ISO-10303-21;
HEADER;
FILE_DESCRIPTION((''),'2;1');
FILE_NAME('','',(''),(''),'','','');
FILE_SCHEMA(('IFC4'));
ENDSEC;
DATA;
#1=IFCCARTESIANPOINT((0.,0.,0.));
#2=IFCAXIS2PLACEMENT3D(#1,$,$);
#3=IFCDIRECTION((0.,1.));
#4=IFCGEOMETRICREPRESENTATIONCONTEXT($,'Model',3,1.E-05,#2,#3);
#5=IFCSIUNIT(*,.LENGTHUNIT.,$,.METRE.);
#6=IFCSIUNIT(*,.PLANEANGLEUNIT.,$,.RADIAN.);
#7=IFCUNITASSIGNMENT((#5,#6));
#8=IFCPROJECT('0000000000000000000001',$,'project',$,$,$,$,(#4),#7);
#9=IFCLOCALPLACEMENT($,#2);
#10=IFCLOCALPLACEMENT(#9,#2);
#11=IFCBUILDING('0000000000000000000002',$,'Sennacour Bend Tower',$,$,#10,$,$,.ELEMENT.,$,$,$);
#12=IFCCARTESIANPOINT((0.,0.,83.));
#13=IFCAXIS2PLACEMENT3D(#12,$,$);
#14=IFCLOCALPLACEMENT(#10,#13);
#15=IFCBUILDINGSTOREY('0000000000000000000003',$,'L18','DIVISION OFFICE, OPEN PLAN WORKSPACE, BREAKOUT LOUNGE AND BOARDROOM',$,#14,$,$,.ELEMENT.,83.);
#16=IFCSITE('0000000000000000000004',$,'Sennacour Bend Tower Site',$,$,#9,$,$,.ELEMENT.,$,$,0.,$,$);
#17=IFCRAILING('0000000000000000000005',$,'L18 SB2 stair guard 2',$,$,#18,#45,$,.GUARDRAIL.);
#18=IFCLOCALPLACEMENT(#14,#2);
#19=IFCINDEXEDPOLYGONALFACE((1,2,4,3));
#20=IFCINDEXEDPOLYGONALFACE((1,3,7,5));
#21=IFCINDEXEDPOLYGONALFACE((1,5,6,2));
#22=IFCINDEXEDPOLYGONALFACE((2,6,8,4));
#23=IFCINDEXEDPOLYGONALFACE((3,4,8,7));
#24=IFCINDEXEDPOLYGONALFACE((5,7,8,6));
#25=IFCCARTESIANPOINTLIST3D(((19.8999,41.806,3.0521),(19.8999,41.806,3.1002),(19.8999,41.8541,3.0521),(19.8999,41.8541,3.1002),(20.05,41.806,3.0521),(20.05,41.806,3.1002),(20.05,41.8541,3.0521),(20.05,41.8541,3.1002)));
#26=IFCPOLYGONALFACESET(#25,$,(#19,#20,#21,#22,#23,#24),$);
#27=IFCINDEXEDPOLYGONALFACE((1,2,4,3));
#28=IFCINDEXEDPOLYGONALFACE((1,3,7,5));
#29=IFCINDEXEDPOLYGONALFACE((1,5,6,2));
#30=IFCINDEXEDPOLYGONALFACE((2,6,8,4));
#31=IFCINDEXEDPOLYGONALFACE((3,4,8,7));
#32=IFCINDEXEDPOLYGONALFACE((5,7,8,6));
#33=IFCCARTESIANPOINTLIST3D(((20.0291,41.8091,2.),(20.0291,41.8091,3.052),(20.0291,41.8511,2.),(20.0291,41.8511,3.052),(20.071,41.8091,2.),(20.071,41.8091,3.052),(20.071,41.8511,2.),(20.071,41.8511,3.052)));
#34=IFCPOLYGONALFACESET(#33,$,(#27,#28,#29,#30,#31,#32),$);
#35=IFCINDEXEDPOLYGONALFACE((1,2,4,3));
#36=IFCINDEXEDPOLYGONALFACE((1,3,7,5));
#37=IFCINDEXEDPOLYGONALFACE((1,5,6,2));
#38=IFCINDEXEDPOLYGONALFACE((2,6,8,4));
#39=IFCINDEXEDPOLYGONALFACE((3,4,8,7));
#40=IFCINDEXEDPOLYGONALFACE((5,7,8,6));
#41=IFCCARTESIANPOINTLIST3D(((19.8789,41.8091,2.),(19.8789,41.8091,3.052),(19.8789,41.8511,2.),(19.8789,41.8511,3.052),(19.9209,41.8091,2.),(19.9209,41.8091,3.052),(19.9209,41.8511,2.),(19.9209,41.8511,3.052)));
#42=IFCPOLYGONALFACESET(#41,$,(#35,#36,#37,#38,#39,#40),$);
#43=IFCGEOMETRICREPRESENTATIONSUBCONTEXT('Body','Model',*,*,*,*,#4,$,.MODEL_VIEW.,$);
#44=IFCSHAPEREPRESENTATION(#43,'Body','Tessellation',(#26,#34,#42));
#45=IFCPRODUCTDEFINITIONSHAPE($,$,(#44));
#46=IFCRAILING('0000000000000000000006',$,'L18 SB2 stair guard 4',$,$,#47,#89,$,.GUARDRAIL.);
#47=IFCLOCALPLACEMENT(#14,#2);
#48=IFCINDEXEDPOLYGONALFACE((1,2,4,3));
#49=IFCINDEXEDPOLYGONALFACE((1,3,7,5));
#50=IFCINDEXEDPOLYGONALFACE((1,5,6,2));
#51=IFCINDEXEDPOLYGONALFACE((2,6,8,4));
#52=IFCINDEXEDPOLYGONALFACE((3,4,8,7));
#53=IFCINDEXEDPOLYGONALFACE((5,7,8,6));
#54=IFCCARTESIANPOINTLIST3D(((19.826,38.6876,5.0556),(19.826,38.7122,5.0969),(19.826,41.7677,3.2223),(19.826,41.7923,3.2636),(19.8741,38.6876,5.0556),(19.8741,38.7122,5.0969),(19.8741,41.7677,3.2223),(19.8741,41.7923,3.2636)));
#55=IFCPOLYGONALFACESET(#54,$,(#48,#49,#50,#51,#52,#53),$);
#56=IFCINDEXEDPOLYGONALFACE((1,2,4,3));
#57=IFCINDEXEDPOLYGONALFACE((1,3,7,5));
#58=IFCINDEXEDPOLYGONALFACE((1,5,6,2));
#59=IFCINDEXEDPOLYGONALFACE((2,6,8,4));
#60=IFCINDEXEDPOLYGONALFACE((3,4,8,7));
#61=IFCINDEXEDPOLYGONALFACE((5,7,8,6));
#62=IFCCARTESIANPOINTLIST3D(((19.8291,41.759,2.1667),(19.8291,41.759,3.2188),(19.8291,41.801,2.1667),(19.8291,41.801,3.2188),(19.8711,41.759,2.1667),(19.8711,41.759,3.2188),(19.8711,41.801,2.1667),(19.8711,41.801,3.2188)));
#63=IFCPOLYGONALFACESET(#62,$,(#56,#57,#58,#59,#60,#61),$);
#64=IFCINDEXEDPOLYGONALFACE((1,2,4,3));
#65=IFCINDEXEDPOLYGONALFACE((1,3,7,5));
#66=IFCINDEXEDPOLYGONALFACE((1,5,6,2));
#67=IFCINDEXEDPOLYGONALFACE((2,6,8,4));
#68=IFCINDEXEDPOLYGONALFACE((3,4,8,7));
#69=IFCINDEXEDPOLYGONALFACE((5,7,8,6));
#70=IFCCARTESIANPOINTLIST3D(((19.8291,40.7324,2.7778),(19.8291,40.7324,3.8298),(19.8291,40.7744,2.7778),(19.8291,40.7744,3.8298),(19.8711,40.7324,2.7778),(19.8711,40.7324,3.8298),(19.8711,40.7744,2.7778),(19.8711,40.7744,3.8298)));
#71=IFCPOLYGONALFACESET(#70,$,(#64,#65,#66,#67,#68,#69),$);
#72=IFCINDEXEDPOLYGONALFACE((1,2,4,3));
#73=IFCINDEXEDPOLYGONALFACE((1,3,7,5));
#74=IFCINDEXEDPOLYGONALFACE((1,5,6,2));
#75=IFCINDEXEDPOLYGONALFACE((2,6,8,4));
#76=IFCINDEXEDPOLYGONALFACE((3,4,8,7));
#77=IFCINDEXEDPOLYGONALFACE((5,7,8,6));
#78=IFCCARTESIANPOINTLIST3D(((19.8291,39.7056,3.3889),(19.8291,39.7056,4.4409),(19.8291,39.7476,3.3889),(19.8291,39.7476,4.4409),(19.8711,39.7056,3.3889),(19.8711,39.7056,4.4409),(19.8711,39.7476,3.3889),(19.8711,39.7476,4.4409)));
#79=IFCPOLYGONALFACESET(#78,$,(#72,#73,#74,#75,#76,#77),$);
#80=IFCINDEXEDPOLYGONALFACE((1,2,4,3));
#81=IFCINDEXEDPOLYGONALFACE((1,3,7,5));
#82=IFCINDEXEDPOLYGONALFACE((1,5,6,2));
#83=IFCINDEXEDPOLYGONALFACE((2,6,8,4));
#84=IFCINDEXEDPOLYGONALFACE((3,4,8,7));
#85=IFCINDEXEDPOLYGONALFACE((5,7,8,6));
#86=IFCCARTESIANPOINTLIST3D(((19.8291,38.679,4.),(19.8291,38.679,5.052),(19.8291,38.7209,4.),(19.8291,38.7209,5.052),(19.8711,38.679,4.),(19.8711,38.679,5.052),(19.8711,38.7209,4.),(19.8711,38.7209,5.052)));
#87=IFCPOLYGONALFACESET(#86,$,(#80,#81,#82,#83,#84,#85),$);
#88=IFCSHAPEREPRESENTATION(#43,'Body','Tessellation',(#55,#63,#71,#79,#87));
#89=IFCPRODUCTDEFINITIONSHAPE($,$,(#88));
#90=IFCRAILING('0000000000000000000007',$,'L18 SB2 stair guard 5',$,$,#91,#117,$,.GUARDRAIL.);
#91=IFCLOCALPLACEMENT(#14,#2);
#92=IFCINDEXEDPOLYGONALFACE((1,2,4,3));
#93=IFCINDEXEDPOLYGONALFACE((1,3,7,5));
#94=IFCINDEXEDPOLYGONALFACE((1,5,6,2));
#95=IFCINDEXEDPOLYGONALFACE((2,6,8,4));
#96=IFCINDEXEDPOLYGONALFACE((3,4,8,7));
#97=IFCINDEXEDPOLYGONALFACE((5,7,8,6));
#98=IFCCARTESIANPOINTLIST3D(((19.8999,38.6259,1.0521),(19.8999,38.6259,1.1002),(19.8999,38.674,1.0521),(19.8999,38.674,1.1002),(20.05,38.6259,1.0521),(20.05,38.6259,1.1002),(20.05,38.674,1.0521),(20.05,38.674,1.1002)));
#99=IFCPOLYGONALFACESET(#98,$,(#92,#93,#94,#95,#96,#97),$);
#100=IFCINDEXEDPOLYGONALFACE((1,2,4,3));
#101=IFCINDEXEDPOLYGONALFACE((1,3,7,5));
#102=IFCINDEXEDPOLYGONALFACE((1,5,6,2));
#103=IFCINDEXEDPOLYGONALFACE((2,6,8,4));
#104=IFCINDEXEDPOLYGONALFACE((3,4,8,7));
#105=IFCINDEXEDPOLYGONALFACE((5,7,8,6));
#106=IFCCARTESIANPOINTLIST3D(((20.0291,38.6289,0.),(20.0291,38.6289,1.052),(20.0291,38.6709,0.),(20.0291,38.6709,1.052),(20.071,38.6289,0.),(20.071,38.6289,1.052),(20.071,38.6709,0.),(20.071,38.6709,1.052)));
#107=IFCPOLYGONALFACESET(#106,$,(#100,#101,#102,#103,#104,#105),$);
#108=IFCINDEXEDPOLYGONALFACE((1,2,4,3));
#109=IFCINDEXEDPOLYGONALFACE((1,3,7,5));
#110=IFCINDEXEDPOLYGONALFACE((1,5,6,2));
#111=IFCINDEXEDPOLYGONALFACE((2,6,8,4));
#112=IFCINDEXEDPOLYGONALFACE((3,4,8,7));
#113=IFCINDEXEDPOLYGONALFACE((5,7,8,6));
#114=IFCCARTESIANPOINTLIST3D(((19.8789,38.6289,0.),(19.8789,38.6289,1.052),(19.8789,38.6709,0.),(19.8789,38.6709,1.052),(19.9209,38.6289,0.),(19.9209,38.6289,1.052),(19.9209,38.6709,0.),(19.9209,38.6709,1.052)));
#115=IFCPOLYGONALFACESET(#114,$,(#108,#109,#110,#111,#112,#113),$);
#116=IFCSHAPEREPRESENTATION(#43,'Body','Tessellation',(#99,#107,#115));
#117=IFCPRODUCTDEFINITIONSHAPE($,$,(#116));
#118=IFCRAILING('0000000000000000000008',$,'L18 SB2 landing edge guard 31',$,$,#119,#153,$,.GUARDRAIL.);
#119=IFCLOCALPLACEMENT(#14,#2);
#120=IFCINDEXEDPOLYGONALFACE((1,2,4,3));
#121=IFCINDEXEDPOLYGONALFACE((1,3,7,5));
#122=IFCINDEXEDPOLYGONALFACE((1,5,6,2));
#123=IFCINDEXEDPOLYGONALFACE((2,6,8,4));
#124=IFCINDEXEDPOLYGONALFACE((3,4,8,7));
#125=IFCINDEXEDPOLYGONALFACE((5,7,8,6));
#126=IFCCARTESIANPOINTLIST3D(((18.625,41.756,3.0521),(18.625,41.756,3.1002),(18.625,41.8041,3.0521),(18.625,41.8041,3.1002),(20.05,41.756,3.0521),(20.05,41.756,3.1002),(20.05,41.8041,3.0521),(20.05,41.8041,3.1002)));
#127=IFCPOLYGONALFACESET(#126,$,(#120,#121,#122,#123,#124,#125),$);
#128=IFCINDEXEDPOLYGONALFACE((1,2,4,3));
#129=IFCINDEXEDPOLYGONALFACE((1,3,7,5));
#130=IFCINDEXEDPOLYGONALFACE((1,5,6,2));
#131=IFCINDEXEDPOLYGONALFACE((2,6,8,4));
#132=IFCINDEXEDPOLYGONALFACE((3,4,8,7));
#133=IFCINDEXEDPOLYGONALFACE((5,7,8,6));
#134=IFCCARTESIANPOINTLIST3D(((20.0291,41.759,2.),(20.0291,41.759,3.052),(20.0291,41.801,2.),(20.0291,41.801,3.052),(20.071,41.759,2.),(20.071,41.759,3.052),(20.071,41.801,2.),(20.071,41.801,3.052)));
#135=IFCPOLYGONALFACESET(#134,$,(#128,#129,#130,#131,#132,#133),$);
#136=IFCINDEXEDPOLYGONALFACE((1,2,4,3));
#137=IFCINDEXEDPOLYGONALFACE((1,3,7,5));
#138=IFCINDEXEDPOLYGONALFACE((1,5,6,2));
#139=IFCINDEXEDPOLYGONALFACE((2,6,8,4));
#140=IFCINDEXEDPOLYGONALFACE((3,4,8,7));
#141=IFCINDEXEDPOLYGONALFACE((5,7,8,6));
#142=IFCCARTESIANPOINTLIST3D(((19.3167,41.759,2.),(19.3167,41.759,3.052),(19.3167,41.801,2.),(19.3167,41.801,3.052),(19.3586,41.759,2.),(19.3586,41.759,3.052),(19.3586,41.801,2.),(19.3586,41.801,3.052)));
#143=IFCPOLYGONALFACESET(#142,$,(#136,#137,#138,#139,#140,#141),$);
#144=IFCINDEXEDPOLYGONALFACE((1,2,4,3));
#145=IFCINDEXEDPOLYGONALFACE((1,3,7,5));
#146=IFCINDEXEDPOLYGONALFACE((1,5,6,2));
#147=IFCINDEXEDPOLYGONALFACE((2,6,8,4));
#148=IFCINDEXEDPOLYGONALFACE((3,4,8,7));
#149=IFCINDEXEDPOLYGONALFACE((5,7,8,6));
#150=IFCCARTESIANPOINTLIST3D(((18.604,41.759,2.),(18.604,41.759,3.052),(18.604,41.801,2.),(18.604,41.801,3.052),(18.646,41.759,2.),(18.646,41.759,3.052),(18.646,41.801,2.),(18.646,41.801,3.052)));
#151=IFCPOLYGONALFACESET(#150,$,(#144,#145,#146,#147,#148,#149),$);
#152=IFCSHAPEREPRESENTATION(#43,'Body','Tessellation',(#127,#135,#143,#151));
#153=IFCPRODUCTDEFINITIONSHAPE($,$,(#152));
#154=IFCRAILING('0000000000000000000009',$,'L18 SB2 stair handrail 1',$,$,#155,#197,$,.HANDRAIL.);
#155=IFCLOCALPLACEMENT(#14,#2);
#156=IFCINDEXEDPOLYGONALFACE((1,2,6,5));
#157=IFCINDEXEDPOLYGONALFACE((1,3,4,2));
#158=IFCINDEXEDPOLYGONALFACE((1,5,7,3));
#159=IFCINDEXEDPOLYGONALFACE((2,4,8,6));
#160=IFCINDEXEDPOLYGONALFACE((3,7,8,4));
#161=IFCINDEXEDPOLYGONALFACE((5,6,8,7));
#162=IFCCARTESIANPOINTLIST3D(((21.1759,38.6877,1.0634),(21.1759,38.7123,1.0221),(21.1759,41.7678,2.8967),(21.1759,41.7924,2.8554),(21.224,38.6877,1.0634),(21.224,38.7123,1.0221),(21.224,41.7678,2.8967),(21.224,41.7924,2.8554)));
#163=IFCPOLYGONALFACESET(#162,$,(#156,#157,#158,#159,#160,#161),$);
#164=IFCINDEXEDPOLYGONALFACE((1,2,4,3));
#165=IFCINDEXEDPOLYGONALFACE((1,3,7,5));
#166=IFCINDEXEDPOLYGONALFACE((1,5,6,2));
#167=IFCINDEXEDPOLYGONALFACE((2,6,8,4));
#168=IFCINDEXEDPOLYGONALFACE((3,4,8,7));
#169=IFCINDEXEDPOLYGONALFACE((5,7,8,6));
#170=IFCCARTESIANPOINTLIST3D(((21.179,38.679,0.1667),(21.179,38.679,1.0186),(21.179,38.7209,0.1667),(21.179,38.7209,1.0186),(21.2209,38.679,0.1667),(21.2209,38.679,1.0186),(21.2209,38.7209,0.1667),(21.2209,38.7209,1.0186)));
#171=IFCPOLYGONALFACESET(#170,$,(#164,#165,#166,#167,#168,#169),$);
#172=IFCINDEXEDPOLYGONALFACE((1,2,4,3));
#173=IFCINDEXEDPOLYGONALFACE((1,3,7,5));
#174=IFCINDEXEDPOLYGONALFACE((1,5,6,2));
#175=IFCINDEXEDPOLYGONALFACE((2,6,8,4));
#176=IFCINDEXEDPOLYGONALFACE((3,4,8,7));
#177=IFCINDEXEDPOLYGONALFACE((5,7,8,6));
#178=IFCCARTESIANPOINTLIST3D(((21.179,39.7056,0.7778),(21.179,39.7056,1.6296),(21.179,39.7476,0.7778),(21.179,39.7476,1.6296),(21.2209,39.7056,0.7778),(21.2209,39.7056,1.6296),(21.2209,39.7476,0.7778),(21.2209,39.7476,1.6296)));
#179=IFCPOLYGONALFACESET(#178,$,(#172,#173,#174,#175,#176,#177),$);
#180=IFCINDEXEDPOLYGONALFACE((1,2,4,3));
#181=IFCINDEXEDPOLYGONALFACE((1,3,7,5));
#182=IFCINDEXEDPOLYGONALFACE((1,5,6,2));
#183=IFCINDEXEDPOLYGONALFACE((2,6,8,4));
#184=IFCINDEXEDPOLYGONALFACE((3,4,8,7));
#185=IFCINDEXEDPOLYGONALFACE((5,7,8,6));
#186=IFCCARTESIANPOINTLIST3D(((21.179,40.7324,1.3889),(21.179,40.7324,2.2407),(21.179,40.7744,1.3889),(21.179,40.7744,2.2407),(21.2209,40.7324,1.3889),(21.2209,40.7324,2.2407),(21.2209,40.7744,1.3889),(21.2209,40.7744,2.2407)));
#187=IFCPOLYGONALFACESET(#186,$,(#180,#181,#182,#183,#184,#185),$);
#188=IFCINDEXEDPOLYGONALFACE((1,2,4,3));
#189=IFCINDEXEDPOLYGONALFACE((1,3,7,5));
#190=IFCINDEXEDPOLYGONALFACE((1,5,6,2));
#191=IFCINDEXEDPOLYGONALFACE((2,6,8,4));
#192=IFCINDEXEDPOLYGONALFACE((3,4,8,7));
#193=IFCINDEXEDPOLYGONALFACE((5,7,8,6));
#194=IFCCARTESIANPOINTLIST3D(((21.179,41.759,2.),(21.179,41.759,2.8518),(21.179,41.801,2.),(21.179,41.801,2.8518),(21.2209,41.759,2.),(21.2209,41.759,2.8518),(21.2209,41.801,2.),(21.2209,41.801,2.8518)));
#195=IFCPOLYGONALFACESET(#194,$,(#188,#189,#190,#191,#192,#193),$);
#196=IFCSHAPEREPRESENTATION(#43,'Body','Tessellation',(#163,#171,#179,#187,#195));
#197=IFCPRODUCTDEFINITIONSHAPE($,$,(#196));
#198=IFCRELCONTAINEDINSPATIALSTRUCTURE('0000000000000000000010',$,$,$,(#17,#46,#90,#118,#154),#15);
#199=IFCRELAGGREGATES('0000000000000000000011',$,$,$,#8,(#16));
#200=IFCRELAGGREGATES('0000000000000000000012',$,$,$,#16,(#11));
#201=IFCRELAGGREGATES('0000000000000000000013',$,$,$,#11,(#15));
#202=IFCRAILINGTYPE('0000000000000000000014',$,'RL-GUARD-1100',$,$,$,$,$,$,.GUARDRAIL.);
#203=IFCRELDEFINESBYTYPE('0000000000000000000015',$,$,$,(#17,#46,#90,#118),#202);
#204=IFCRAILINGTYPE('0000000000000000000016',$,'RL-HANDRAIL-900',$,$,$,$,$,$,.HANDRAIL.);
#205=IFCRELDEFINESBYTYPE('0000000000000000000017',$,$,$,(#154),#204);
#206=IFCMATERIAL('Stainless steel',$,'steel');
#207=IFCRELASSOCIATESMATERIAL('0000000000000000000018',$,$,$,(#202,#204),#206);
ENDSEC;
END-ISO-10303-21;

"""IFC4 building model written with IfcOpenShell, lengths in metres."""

from ifc_helpers import new_model, si_unit, direction, frame, origin, origin_2d, place, context, subcontext, project, spatial, rectangle, extrude, material, type_object, element, save


model = new_model("IFC4")

# Units and contexts
model_context = context("Model", 3, precision=1e-05, world=origin(), true_north=direction((0.0, 1.0)))
body_context = subcontext(model_context, "Body", "Model", "MODEL_VIEW")
ifc_project = project(units=[si_unit("LENGTHUNIT", "METRE"), si_unit("PLANEANGLEUNIT", "RADIAN")], contexts=[model_context])

# Site, building, storey
site_placement = place(None, origin())
site = spatial("IfcSite", under=ifc_project, at=site_placement, Name="Sennacour Bend Tower Site", CompositionType="ELEMENT", RefElevation=0.0)
building_placement = place(site_placement, origin())
building = spatial("IfcBuilding", under=site, at=building_placement, Name="Sennacour Bend Tower", CompositionType="ELEMENT")
storey_placement = place(building_placement, frame((0.0, 0.0, 83.0)))
storey = spatial("IfcBuildingStorey", under=building, at=storey_placement, Name="L18", Description="DIVISION OFFICE, OPEN PLAN WORKSPACE, BREAKOUT LOUNGE AND BOARDROOM", CompositionType="ELEMENT", Elevation=83.0)

# Shared definitions
ifc_material_1 = material(Name="Stainless steel", Category="steel")

# Railings
railing_type_1 = type_object("IfcRailingType", Name="RL-GUARD-1100", PredefinedType="GUARDRAIL", material=ifc_material_1)
railing_1_placement = place(storey_placement, frame((20.05, 41.8301, 2.0)))
element("IfcRailing", 1, at=railing_1_placement, inside=storey, type_object=railing_type_1, Name="L18 SB2 stair guard 2", PredefinedType="GUARDRAIL", context=body_context, shape_type="SweptSolid", body=[
    extrude(rectangle(XDim=0.0481, YDim=0.0481, at=origin_2d()), frame((0.0, 0.0, 1.0762), z_axis=(-1.0, 0.0, 0.0), x_axis=(0.0, -1.0, 0.0)), (0.0, 0.0, 1.0), 0.1501),
    extrude(rectangle(XDim=0.042, YDim=0.042, at=origin_2d()), origin(), (0.0, 0.0, 1.0), 1.052),
    extrude(rectangle(XDim=0.042, YDim=0.042, at=origin_2d()), frame((-0.1501, 0.0, 0.0)), (0.0, 0.0, 1.0), 1.052),
])
railing_2_placement = place(storey_placement, frame((19.8501, 41.78, 2.1667)))
element("IfcRailing", 2, at=railing_2_placement, inside=storey, type_object=railing_type_1, Name="L18 SB2 stair guard 4", PredefinedType="GUARDRAIL", context=body_context, shape_type="SweptSolid", body=[
    extrude(rectangle(XDim=0.0481, YDim=0.0481, at=origin_2d()), frame((0.0, 0.0, 1.0762), z_axis=(0.0, -0.859309, 0.511458), x_axis=(1.0, 0.0, 0.0)), (0.0, 0.0, 1.0), 3.5845),
    extrude(rectangle(XDim=0.042, YDim=0.042, at=origin_2d()), origin(), (0.0, 0.0, 1.0), 1.052),
    extrude(rectangle(XDim=0.042, YDim=0.042, at=origin_2d()), frame((0.0, -1.0266, 0.6111)), (0.0, 0.0, 1.0), 1.052),
    extrude(rectangle(XDim=0.042, YDim=0.042, at=origin_2d()), frame((0.0, -2.0535, 1.2222)), (0.0, 0.0, 1.0), 1.052),
    extrude(rectangle(XDim=0.042, YDim=0.042, at=origin_2d()), frame((0.0, -3.0801, 1.8333)), (0.0, 0.0, 1.0), 1.052),
])
railing_3_placement = place(storey_placement, frame((20.05, 38.6499, 0.0)))
element("IfcRailing", 3, at=railing_3_placement, inside=storey, type_object=railing_type_1, Name="L18 SB2 stair guard 5", PredefinedType="GUARDRAIL", context=body_context, shape_type="SweptSolid", body=[
    extrude(rectangle(XDim=0.0481, YDim=0.0481, at=origin_2d()), frame((0.0, 0.0, 1.0762), z_axis=(-1.0, 0.0, 0.0), x_axis=(0.0, -1.0, 0.0)), (0.0, 0.0, 1.0), 0.1501),
    extrude(rectangle(XDim=0.042, YDim=0.042, at=origin_2d()), origin(), (0.0, 0.0, 1.0), 1.052),
    extrude(rectangle(XDim=0.042, YDim=0.042, at=origin_2d()), frame((-0.1501, 0.0, 0.0)), (0.0, 0.0, 1.0), 1.052),
])
railing_4_placement = place(storey_placement, frame((20.05, 41.78, 2.0)))
element("IfcRailing", 4, at=railing_4_placement, inside=storey, type_object=railing_type_1, Name="L18 SB2 landing edge guard 31", PredefinedType="GUARDRAIL", context=body_context, shape_type="SweptSolid", body=[
    extrude(rectangle(XDim=0.0481, YDim=0.0481, at=origin_2d()), frame((0.0, 0.0, 1.0762), z_axis=(-1.0, 0.0, 0.0), x_axis=(0.0, -1.0, 0.0)), (0.0, 0.0, 1.0), 1.425),
    extrude(rectangle(XDim=0.042, YDim=0.042, at=origin_2d()), origin(), (0.0, 0.0, 1.0), 1.052),
    extrude(rectangle(XDim=0.042, YDim=0.042, at=origin_2d()), frame((-0.7124, 0.0, 0.0)), (0.0, 0.0, 1.0), 1.052),
    extrude(rectangle(XDim=0.042, YDim=0.042, at=origin_2d()), frame((-1.425, 0.0, 0.0)), (0.0, 0.0, 1.0), 1.052),
])
railing_type_2 = type_object("IfcRailingType", Name="RL-HANDRAIL-900", PredefinedType="HANDRAIL", material=ifc_material_1)
railing_5_placement = place(storey_placement, frame((21.2, 38.7, 0.1667)))
element("IfcRailing", 5, at=railing_5_placement, inside=storey, type_object=railing_type_2, Name="L18 SB2 stair handrail 1", PredefinedType="HANDRAIL", context=body_context, shape_type="SweptSolid", body=[
    extrude(rectangle(XDim=0.0481, YDim=0.0481, at=origin_2d()), frame((0.0, 0.0, 0.876), z_axis=(0.0, 0.859309, 0.511458), x_axis=(-1.0, 0.0, 0.0)), (0.0, 0.0, 1.0), 3.5845),
    extrude(rectangle(XDim=0.042, YDim=0.042, at=origin_2d()), origin(), (0.0, 0.0, 1.0), 0.8518),
    extrude(rectangle(XDim=0.042, YDim=0.042, at=origin_2d()), frame((0.0, 1.0266, 0.6111)), (0.0, 0.0, 1.0), 0.8518),
    extrude(rectangle(XDim=0.042, YDim=0.042, at=origin_2d()), frame((0.0, 2.0535, 1.2222)), (0.0, 0.0, 1.0), 0.8518),
    extrude(rectangle(XDim=0.042, YDim=0.042, at=origin_2d()), frame((0.0, 3.0801, 1.8333)), (0.0, 0.0, 1.0), 0.8518),
])

save(model, "model.ifc")
